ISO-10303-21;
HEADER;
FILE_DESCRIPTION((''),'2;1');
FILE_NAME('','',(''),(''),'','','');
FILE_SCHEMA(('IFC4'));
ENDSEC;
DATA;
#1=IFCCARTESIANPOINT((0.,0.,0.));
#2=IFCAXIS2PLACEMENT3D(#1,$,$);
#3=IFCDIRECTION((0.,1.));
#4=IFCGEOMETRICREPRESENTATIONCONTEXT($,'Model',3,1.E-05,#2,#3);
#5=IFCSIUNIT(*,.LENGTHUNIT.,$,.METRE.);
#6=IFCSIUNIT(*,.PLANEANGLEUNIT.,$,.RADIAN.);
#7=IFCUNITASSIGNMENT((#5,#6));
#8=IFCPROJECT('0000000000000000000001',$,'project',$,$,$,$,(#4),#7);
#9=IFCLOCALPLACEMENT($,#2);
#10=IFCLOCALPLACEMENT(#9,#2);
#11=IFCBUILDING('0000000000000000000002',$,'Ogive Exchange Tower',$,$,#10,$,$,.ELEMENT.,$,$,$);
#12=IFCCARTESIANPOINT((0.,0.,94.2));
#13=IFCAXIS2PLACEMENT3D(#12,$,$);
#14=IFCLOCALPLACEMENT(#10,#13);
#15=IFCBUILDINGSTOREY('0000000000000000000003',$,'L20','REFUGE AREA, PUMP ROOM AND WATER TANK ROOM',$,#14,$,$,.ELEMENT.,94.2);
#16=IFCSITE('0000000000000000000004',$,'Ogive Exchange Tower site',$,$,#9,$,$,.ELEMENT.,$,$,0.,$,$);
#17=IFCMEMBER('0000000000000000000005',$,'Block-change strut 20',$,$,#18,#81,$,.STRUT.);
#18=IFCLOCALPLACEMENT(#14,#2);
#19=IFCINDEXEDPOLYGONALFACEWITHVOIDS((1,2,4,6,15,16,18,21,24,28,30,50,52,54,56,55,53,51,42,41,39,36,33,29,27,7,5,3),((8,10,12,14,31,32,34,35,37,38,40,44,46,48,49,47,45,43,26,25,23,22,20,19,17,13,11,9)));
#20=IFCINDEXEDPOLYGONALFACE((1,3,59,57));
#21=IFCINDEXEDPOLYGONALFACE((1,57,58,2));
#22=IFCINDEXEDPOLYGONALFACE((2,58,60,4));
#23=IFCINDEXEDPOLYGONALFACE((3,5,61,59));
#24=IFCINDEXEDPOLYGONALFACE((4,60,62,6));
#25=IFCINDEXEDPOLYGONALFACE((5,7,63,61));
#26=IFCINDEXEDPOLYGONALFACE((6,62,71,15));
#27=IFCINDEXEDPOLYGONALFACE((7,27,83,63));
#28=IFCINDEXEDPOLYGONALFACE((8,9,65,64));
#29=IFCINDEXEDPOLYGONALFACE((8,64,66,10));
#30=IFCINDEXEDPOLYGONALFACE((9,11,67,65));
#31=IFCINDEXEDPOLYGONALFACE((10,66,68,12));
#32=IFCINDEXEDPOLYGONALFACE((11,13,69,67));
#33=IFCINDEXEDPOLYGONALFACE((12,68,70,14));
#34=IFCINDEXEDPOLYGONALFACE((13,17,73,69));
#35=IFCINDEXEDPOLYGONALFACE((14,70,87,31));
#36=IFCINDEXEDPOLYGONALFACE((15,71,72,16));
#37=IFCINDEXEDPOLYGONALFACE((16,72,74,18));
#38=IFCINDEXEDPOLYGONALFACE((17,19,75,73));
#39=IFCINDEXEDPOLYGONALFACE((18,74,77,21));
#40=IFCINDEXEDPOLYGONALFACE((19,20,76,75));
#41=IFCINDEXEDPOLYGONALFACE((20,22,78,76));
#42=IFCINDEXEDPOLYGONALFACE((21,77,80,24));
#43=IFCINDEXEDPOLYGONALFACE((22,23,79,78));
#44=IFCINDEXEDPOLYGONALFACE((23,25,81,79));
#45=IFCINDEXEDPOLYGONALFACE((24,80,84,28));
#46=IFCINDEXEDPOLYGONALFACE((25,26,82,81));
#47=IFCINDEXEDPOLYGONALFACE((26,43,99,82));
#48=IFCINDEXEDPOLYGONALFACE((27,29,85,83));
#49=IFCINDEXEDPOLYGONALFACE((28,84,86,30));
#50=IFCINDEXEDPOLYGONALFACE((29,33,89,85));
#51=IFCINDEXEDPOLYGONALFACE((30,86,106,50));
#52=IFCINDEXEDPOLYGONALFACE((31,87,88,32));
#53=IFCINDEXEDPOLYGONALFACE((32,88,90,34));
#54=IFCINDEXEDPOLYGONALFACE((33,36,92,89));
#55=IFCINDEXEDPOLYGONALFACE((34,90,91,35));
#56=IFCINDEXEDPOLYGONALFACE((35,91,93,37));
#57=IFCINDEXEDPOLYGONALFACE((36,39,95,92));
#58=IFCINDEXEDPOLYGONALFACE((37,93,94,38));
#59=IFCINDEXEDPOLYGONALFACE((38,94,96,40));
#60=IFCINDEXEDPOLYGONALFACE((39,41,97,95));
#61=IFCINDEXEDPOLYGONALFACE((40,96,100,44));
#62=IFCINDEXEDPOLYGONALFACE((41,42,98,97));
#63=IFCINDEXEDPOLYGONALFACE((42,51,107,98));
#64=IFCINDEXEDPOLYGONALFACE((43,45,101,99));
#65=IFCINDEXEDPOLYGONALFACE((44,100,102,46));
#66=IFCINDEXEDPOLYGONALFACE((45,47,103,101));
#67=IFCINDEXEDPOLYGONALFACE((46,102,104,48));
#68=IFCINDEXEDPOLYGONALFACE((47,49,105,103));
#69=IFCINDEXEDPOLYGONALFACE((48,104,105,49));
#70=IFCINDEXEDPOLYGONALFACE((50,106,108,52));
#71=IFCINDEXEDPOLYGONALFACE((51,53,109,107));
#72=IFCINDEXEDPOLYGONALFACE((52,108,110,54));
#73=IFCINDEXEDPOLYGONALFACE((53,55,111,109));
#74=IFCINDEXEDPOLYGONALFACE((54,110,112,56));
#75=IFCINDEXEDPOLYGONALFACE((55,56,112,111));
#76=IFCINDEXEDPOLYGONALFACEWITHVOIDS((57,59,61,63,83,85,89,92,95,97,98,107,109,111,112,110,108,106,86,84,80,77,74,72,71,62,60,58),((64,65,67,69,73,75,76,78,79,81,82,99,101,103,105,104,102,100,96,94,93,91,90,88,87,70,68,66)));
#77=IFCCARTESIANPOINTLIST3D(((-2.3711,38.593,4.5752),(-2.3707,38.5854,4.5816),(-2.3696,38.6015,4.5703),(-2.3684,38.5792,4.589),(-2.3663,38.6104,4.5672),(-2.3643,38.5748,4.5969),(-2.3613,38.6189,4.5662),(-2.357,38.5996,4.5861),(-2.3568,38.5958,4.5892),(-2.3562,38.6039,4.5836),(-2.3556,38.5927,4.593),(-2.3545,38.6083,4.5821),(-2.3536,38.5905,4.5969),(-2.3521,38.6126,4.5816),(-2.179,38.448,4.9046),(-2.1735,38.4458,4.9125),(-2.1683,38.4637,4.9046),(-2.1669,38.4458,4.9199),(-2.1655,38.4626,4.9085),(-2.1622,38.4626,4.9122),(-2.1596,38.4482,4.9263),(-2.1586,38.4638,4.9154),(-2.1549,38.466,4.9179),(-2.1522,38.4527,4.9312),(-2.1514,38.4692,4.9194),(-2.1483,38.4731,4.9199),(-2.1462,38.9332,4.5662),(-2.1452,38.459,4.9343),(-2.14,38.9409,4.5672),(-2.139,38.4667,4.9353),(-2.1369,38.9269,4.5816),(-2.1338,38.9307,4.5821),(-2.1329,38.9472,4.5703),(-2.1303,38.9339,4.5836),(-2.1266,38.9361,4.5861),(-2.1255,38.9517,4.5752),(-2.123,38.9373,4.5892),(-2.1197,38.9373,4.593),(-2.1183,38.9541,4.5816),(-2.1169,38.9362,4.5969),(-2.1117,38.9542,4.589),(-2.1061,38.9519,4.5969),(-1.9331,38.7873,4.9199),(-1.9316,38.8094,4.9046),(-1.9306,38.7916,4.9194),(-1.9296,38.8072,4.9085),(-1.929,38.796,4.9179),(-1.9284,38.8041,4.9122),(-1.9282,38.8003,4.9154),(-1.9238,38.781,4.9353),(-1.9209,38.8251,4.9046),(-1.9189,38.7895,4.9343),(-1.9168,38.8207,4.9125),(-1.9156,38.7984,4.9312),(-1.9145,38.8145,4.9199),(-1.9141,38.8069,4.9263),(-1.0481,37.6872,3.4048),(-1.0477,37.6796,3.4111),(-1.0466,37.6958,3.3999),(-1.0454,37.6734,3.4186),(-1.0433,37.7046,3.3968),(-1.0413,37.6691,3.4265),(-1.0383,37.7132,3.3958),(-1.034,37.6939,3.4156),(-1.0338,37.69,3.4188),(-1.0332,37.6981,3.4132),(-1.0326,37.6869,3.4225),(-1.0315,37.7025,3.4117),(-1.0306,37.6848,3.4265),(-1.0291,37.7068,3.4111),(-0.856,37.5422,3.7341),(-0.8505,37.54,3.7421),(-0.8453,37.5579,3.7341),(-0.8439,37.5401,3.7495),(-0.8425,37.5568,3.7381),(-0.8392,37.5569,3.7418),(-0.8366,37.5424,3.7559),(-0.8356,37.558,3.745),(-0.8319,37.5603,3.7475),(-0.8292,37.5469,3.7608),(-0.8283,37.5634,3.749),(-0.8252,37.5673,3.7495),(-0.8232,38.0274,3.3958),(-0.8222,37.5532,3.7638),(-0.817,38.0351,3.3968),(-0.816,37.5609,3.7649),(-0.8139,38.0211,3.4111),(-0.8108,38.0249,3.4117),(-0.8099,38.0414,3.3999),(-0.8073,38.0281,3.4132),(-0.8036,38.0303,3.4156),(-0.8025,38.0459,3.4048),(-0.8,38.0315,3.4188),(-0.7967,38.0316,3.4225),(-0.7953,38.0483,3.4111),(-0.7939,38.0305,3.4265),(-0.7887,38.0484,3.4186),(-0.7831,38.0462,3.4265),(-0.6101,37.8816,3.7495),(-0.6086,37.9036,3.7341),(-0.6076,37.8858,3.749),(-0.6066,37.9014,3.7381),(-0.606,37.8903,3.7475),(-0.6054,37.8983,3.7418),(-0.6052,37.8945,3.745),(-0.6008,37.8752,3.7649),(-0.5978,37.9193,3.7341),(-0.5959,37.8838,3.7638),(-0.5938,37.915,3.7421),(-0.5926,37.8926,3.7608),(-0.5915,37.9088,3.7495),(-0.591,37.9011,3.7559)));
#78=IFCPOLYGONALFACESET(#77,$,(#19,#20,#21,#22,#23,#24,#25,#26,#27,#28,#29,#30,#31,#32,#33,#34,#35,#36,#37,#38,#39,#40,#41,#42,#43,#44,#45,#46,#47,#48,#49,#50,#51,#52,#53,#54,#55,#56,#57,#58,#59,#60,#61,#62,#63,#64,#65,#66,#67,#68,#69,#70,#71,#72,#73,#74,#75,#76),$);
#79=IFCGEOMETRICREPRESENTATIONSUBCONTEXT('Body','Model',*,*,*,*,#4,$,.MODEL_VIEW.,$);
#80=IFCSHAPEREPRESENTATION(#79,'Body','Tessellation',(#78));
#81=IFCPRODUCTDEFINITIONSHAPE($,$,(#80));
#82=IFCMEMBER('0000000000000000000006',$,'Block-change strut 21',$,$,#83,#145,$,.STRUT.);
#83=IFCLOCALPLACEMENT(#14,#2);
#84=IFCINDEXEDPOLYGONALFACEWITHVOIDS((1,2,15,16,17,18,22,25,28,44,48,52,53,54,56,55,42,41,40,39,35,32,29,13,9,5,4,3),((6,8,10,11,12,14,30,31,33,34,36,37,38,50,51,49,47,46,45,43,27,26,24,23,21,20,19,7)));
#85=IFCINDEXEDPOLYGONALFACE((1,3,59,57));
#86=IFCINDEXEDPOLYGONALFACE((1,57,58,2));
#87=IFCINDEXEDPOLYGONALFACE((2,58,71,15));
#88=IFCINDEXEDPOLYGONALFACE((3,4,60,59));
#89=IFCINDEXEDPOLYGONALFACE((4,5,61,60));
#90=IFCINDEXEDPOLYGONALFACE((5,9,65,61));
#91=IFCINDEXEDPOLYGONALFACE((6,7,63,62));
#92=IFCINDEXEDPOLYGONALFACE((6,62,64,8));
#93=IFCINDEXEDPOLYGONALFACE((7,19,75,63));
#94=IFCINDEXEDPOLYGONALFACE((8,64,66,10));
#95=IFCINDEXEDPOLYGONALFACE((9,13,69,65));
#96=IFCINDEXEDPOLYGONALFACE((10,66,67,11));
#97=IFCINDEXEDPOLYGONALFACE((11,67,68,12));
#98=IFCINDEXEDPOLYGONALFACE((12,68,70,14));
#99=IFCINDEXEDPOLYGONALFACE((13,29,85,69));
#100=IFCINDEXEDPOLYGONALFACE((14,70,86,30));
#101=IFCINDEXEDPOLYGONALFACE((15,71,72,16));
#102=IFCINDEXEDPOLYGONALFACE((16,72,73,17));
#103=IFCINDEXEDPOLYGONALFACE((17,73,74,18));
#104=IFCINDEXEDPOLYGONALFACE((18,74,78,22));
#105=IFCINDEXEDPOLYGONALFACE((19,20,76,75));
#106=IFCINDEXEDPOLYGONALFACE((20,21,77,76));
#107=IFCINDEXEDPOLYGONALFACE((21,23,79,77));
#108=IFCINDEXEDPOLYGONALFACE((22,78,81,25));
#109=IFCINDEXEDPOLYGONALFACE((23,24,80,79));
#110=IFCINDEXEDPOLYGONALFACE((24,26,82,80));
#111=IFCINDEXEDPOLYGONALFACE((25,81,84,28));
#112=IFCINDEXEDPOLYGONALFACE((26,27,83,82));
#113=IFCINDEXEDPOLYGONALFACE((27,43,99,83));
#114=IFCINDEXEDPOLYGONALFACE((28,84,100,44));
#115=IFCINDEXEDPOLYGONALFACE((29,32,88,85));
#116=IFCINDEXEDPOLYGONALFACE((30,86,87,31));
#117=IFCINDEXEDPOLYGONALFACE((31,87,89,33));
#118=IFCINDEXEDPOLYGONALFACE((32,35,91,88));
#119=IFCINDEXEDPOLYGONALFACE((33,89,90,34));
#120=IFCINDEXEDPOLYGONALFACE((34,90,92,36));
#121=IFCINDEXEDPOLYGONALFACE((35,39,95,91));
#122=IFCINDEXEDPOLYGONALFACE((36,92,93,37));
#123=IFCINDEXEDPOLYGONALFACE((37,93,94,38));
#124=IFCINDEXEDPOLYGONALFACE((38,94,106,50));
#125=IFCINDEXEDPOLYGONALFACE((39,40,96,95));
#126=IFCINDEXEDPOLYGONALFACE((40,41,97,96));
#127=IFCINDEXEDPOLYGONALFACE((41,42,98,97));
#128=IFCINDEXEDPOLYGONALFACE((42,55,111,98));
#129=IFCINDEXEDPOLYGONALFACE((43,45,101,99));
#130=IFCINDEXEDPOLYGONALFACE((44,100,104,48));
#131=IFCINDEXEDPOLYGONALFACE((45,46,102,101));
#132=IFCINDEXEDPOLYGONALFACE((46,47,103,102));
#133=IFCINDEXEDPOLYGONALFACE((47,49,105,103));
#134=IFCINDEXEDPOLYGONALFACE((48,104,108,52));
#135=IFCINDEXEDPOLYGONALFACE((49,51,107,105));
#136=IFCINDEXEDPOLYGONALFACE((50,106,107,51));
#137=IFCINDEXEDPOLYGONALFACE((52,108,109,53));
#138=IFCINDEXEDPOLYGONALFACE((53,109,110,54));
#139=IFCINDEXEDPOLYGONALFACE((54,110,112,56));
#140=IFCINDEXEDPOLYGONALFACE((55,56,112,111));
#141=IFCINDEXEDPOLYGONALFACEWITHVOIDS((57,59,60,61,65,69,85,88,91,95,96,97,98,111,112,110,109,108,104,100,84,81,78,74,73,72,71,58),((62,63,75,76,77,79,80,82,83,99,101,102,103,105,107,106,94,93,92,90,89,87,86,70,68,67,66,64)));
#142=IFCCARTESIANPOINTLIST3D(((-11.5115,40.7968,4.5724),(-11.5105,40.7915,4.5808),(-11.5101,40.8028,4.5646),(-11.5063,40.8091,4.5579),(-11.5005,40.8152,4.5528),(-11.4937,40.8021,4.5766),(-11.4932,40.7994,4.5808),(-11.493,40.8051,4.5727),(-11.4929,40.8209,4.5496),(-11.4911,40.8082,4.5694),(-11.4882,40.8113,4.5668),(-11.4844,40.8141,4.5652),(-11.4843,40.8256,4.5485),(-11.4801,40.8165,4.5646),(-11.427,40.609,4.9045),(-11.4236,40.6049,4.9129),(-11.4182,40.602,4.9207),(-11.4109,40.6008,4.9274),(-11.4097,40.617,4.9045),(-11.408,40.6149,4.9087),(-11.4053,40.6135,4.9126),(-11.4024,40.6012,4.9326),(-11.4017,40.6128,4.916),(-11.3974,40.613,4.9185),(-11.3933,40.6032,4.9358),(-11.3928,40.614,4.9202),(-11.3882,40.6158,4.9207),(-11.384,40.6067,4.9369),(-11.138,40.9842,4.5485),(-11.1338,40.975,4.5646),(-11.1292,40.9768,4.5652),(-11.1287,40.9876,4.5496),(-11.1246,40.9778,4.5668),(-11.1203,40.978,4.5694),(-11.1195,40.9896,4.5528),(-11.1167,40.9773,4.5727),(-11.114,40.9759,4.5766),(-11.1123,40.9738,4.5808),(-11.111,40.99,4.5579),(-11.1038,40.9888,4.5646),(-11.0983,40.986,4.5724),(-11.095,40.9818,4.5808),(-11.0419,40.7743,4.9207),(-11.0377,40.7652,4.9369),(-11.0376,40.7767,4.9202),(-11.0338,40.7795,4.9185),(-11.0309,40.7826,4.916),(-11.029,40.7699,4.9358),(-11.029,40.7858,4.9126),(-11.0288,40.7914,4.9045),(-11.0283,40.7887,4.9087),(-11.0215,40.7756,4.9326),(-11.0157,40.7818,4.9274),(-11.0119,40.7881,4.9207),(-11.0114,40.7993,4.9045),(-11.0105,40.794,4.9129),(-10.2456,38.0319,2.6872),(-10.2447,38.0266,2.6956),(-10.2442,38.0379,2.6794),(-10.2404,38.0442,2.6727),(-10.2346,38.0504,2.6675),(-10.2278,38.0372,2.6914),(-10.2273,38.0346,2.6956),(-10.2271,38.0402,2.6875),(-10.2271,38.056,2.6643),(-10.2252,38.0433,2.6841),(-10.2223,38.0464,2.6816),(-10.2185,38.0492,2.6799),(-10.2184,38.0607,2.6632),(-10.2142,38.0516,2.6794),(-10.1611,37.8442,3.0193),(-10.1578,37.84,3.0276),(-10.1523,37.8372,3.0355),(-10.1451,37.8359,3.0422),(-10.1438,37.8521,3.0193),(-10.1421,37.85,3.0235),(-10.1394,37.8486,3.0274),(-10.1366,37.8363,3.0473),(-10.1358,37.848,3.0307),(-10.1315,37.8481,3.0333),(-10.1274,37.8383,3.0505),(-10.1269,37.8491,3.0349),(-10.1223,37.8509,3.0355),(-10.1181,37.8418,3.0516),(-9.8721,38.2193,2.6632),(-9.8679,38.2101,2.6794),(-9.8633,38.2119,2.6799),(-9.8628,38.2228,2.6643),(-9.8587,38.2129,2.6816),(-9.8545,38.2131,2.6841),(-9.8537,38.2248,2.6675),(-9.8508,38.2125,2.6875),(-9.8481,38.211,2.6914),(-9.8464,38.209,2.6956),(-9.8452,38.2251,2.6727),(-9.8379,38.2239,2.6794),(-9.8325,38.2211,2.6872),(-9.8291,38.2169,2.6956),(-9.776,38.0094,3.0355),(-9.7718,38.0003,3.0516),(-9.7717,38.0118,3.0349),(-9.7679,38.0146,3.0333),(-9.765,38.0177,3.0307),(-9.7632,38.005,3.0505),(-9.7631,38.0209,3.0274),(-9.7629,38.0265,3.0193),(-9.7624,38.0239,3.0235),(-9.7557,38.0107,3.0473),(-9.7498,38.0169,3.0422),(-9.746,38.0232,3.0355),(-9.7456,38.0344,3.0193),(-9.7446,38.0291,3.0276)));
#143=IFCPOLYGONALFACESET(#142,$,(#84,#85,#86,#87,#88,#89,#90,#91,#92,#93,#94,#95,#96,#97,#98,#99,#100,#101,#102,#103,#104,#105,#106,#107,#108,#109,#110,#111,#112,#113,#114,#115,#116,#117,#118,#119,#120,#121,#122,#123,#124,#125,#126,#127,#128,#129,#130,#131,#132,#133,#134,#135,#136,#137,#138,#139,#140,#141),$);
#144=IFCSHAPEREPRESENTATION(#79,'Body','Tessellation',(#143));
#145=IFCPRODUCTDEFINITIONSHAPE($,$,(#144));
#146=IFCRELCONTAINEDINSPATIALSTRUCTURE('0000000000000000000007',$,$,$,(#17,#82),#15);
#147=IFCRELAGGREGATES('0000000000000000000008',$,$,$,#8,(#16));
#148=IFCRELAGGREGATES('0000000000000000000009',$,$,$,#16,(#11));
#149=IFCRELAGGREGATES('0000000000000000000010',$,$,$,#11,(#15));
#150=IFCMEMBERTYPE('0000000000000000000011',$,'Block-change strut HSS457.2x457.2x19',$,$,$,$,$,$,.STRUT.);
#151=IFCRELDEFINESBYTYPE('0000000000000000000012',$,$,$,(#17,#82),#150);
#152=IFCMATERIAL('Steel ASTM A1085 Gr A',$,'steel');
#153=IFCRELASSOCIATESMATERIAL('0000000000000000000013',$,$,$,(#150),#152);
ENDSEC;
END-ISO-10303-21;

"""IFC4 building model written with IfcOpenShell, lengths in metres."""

from ifc_helpers import new_model, si_unit, direction, frame, origin, origin_2d, place, context, subcontext, project, spatial, hollow_rectangle, extrude, material, material_profile, profile_set, type_object, element, save


model = new_model("IFC4")

# Units and contexts
model_context = context("Model", 3, precision=1e-05, world=origin(), true_north=direction((0.0, 1.0)))
body_context = subcontext(model_context, "Body", "Model", "MODEL_VIEW")
ifc_project = project(units=[si_unit("LENGTHUNIT", "METRE"), si_unit("PLANEANGLEUNIT", "RADIAN")], contexts=[model_context])

# Site, building, storey
site_placement = place(None, origin())
site = spatial("IfcSite", under=ifc_project, at=site_placement, Name="Ogive Exchange Tower site", CompositionType="ELEMENT", RefElevation=0.0)
building_placement = place(site_placement, origin())
building = spatial("IfcBuilding", under=site, at=building_placement, Name="Ogive Exchange Tower", CompositionType="ELEMENT")
storey_placement = place(building_placement, frame((0.0, 0.0, 94.2)))
storey = spatial("IfcBuildingStorey", under=building, at=storey_placement, Name="L20", Description="REFUGE AREA, PUMP ROOM AND WATER TANK ROOM", CompositionType="ELEMENT", Elevation=94.2)

# Shared definitions
ifc_material_1 = material(Name="Steel ASTM A1085 Gr A", Category="steel")

# Members
ifc_material_profile_1 = material_profile(ifc_material_1, hollow_rectangle(XDim=0.457, YDim=0.457, WallThickness=0.019, InnerFilletRadius=0.019, OuterFilletRadius=0.0381, at=origin_2d()), Name="HSS457.2x457.2x19")
ifc_profile_set_1 = profile_set([ifc_material_profile_1], Name="Steel ASTM A1085 Gr A")
member_type_1 = type_object("IfcMemberType", Name="Block-change strut HSS457.2x457.2x19", PredefinedType="STRUT", material=ifc_profile_set_1)
member_1_placement = place(storey_placement, frame((-0.8196, 37.7942, 3.5803), z_axis=(-0.666467, 0.456282, 0.5896), x_axis=(-0.564919, -0.825147, 0.0)))
element("IfcMember", 1, at=member_1_placement, inside=storey, type_object=member_type_1, Name="Block-change strut 20", PredefinedType="STRUT", context=body_context, shape_type="SweptSolid", body=[
    extrude(hollow_rectangle(XDim=0.457, YDim=0.457, WallThickness=0.019, InnerFilletRadius=0.019, OuterFilletRadius=0.0381, at=origin_2d()), origin(), (0.0, 0.0, 1.0), 1.9851),
])
member_2_placement = place(storey_placement, frame((-9.9951, 38.0305, 2.8574), z_axis=(-0.353804, 0.772774, 0.526919), x_axis=(-0.909236, -0.416281, 0.0)))
element("IfcMember", 2, at=member_2_placement, inside=storey, type_object=member_type_1, Name="Block-change strut 21", PredefinedType="STRUT", context=body_context, shape_type="SweptSolid", body=[
    extrude(hollow_rectangle(XDim=0.457, YDim=0.457, WallThickness=0.019, InnerFilletRadius=0.019, OuterFilletRadius=0.0381, at=origin_2d()), origin(), (0.0, 0.0, 1.0), 3.5779),
])

save(model, "model.ifc")
